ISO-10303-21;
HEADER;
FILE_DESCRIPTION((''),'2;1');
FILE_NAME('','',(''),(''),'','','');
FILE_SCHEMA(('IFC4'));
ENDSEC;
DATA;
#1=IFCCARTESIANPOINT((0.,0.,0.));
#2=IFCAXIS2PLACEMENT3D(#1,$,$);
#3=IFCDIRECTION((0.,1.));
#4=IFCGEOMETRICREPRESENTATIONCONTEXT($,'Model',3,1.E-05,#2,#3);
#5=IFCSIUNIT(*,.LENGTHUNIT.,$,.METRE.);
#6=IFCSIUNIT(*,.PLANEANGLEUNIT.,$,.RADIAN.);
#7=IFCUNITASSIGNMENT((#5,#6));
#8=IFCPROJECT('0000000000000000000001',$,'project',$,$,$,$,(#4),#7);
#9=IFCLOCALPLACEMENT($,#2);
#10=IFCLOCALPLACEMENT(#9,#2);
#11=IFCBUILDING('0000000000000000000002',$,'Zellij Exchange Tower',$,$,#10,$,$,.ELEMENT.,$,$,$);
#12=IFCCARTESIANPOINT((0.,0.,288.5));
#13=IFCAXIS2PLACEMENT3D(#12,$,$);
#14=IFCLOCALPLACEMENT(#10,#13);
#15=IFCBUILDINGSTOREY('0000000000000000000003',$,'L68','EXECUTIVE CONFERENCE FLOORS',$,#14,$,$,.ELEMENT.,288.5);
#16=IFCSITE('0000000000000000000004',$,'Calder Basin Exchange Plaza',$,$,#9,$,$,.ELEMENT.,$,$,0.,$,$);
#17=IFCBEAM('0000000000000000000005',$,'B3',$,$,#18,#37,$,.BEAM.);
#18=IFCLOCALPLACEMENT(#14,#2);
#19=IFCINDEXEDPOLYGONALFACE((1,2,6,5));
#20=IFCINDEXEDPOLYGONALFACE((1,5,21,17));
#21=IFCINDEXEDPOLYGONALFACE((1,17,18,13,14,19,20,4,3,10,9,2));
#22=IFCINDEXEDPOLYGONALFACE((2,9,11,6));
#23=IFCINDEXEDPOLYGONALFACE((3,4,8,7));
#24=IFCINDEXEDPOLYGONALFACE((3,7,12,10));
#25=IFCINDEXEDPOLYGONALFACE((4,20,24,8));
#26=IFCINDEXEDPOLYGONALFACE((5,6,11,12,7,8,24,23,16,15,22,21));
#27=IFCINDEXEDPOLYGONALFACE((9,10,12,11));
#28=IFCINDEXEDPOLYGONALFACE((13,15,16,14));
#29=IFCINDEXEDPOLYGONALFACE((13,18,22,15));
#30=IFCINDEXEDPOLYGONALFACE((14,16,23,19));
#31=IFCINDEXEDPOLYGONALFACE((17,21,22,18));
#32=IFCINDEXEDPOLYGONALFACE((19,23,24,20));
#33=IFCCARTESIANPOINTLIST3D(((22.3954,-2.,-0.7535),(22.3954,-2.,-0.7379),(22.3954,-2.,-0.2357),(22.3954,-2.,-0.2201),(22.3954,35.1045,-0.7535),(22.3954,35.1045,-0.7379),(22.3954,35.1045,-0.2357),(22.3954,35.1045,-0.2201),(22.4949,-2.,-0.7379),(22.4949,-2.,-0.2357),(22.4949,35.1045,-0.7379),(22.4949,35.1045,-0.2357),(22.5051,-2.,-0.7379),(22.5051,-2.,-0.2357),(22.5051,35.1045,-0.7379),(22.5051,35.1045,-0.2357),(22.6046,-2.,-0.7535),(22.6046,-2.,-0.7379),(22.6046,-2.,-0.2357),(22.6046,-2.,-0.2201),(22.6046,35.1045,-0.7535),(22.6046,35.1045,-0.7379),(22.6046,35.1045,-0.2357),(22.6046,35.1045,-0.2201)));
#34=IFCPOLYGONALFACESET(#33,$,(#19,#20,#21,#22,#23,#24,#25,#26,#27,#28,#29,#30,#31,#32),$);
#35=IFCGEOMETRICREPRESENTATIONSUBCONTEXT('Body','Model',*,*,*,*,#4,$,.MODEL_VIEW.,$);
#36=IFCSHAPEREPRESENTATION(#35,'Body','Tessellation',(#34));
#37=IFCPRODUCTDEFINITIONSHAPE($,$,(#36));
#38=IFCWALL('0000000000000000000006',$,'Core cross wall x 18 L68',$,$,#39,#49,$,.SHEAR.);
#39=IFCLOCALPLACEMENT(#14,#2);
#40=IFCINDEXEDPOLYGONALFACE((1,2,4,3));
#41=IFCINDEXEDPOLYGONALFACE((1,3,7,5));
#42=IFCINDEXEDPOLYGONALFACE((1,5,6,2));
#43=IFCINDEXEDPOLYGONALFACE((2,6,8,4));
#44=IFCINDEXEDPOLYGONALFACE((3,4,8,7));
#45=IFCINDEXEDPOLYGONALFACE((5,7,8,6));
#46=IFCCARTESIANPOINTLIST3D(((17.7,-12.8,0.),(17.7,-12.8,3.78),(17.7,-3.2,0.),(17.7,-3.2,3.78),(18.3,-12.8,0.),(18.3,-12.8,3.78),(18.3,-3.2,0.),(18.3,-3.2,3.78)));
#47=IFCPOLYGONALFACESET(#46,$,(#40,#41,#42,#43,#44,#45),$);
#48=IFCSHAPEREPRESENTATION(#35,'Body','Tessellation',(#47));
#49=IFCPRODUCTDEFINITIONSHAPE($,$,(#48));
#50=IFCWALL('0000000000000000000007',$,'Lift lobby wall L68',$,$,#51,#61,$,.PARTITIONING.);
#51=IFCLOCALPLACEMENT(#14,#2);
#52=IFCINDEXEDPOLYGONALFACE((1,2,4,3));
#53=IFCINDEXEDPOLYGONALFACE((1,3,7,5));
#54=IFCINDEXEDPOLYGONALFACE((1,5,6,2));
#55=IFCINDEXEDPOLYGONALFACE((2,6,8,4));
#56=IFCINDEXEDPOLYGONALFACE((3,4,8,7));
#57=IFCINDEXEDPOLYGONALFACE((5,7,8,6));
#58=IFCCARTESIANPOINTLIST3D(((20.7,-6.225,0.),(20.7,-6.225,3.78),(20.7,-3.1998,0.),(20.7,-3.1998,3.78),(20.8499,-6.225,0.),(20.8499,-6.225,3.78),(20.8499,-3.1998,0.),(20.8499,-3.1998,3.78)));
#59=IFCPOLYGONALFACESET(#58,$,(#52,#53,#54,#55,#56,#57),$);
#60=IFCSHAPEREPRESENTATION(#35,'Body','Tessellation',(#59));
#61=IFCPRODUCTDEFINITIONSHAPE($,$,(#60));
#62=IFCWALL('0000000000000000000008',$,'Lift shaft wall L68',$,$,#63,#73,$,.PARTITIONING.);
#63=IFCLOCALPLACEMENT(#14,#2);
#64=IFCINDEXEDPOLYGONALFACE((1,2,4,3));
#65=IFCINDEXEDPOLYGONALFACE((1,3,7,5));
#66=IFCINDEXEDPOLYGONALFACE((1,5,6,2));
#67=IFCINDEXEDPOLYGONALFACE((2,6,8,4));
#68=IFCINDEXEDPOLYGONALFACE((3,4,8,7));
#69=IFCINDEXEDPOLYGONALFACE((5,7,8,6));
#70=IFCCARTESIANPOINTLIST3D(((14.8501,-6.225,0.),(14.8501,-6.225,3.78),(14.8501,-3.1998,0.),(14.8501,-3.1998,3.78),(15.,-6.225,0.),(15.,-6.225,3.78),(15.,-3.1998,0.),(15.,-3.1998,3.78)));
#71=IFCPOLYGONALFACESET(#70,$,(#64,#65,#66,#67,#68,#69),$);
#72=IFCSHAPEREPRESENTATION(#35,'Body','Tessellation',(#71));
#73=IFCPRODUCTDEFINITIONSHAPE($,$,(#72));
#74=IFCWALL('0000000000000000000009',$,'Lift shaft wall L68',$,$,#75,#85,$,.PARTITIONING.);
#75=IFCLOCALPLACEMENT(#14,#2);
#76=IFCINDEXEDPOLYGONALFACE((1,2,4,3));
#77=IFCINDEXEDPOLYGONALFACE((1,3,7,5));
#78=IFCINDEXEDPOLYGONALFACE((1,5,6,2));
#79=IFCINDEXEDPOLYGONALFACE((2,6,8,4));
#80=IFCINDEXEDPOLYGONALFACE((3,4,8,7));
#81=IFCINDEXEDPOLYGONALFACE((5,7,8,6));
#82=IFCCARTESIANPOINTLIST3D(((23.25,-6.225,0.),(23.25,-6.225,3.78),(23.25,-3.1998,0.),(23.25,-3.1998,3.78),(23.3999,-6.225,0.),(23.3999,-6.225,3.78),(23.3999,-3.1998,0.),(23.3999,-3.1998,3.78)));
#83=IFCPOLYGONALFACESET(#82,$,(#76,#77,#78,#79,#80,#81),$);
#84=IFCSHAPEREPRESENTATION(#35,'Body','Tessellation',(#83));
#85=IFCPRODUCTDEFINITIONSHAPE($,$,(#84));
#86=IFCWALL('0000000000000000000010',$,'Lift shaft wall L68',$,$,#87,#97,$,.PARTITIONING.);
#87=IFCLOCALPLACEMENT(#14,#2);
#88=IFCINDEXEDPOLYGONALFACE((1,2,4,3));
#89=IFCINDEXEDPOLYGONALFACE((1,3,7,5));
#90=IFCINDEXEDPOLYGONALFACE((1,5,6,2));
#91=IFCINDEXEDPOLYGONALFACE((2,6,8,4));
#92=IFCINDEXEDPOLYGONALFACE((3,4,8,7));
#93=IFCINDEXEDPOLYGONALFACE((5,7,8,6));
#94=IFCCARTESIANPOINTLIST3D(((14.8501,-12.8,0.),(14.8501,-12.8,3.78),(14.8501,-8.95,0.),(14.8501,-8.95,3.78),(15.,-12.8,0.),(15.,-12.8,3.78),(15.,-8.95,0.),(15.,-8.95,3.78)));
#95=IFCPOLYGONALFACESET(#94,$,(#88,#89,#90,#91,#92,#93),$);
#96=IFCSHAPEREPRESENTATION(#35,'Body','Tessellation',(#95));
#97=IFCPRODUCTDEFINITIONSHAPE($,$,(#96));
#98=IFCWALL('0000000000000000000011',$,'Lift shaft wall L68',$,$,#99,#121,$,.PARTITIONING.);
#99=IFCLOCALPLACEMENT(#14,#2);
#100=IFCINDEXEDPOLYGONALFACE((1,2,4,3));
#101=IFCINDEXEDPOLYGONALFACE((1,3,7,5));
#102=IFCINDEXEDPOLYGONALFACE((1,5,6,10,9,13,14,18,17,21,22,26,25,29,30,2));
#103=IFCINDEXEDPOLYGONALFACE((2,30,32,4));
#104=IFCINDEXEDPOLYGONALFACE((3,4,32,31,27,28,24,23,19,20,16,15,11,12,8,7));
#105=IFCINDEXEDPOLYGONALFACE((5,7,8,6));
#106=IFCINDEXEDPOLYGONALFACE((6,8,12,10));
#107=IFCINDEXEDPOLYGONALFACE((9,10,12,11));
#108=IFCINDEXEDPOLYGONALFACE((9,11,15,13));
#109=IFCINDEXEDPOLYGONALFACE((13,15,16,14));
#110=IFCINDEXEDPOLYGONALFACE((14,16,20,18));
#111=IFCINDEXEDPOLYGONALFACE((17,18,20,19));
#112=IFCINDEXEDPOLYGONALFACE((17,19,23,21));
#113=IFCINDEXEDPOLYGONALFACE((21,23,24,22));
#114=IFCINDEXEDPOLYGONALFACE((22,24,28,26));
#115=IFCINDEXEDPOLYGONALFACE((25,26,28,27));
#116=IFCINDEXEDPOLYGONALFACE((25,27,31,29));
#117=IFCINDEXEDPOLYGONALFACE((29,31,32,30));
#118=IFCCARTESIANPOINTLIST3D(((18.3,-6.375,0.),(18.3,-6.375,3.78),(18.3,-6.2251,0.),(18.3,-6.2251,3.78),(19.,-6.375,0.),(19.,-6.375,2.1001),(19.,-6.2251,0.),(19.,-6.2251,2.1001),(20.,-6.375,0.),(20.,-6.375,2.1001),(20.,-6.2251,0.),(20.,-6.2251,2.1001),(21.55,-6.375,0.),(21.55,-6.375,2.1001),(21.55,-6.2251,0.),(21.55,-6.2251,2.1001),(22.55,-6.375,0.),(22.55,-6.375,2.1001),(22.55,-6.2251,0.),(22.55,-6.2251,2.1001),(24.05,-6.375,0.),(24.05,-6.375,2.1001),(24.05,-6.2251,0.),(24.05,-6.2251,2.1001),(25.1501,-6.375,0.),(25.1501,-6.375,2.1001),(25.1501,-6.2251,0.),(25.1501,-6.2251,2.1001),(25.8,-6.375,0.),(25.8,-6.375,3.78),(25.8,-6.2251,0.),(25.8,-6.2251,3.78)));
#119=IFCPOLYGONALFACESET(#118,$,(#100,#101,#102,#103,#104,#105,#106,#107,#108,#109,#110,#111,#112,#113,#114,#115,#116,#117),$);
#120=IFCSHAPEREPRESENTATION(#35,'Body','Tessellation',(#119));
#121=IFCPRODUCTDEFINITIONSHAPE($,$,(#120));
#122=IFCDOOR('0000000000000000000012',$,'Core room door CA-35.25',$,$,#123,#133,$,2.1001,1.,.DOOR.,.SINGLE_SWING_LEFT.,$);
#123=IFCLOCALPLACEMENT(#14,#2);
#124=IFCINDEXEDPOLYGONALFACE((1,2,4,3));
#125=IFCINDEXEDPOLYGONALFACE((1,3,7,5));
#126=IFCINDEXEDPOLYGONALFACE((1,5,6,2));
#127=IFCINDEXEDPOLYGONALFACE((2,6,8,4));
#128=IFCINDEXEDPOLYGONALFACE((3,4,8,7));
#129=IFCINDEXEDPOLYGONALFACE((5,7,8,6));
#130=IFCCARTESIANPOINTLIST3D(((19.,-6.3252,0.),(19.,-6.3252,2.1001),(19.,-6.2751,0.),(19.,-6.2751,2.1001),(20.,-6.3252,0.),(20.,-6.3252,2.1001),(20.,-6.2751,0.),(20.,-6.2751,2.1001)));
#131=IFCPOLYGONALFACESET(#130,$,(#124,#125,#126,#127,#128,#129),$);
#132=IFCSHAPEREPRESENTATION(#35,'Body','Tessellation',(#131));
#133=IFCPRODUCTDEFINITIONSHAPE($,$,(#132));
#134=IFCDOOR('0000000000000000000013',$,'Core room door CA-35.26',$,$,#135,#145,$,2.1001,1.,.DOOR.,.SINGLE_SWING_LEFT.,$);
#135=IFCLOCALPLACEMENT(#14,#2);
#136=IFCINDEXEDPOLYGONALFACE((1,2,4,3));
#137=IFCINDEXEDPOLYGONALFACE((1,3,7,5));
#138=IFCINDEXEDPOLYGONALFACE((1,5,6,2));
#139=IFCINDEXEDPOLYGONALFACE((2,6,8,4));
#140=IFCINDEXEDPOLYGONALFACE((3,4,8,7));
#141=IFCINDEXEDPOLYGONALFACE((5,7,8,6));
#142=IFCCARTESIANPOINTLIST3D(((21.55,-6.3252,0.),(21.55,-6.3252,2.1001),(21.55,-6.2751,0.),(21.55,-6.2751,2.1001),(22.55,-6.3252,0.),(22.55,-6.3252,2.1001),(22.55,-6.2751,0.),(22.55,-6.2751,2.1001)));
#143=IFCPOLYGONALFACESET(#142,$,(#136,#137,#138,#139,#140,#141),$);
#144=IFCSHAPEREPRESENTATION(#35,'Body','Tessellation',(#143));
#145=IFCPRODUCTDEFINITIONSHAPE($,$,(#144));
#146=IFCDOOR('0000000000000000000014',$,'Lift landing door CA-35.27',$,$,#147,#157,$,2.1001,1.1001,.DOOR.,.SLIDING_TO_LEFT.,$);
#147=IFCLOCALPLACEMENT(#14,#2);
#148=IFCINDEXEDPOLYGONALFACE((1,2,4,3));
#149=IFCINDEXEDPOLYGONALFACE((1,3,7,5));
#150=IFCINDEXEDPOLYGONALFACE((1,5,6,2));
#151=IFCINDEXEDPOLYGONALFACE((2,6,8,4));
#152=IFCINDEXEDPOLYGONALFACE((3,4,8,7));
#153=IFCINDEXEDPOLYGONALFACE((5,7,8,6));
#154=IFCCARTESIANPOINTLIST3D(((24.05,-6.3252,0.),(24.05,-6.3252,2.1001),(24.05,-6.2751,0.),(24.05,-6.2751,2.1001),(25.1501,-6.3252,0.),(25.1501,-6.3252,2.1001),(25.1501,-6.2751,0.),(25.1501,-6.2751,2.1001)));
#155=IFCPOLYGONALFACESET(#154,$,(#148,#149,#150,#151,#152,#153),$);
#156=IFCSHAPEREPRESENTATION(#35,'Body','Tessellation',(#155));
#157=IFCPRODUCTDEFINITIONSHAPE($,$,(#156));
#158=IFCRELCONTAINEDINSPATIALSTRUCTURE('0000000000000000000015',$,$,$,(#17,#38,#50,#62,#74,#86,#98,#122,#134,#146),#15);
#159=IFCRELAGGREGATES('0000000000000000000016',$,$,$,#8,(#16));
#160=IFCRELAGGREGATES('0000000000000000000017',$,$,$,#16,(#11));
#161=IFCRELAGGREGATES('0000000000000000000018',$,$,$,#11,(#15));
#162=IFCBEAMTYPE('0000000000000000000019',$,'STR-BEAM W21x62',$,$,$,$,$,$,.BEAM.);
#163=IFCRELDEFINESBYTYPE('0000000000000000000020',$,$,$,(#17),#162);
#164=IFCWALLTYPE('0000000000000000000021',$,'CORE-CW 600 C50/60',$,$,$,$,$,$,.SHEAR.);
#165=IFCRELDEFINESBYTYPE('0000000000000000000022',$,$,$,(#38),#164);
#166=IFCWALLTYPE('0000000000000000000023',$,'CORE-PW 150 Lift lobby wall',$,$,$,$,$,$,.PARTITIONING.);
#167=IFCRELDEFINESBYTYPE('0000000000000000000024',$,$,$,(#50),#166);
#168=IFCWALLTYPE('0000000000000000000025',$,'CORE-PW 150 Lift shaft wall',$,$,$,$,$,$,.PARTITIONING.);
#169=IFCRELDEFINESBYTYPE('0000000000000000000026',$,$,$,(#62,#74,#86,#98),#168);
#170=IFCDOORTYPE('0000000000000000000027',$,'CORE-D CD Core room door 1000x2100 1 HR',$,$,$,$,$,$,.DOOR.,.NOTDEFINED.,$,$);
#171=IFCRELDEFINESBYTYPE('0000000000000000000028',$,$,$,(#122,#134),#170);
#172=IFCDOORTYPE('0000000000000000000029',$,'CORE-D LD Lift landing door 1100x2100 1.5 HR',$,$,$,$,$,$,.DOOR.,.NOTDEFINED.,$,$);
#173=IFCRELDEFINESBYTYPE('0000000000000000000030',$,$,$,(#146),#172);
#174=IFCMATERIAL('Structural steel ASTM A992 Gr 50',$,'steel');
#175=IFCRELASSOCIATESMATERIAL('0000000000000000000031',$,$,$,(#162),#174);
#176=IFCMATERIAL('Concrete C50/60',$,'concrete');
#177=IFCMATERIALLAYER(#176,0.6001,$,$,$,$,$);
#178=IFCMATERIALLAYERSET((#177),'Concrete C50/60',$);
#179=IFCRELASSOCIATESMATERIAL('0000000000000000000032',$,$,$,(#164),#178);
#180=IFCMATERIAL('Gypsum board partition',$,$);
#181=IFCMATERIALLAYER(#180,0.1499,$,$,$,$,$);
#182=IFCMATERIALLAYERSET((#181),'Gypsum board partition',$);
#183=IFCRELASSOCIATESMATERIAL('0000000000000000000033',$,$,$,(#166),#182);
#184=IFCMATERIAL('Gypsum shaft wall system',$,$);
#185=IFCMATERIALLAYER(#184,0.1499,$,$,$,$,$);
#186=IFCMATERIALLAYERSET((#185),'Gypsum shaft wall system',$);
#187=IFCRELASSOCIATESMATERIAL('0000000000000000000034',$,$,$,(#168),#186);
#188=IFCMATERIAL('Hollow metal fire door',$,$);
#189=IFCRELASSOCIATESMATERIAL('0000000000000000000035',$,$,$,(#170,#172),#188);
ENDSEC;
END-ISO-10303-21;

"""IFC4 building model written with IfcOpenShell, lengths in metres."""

from ifc_helpers import new_model, si_unit, direction, frame, frame_2d, origin, origin_2d, place, context, subcontext, project, spatial, rectangle, i_section, extrude, material, layer, layer_set, material_profile, profile_set, type_object, element, fill, save


model = new_model("IFC4")

# Units and contexts
model_context = context("Model", 3, precision=1e-05, world=origin(), true_north=direction((0.0, 1.0)))
body_context = subcontext(model_context, "Body", "Model", "MODEL_VIEW")
ifc_project = project(units=[si_unit("LENGTHUNIT", "METRE"), si_unit("PLANEANGLEUNIT", "RADIAN")], contexts=[model_context])

# Site, building, storey
site_placement = place(None, origin())
site = spatial("IfcSite", under=ifc_project, at=site_placement, Name="Calder Basin Exchange Plaza", CompositionType="ELEMENT", RefElevation=0.0)
building_placement = place(site_placement, origin())
building = spatial("IfcBuilding", under=site, at=building_placement, Name="Zellij Exchange Tower", CompositionType="ELEMENT")
storey_placement = place(building_placement, frame((0.0, 0.0, 288.5)))
storey = spatial("IfcBuildingStorey", under=building, at=storey_placement, Name="L68", Description="EXECUTIVE CONFERENCE FLOORS", CompositionType="ELEMENT", Elevation=288.5)

# Beam
ifc_material_1 = material(Name="Structural steel ASTM A992 Gr 50", Category="steel")
ifc_material_profile = material_profile(ifc_material_1, i_section(OverallWidth=0.2092, OverallDepth=0.5334, WebThickness=0.0103, FlangeThickness=0.0156, at=origin_2d()), Name="W21x62")
ifc_profile_set = profile_set([ifc_material_profile], Name="Structural steel ASTM A992 Gr 50")
beam_type = type_object("IfcBeamType", Name="STR-BEAM W21x62", PredefinedType="BEAM", material=ifc_profile_set)
beam_placement = place(storey_placement, frame((22.5, -2.0, -0.4868), z_axis=(0.0, 1.0, 0.0), x_axis=(-1.0, 0.0, 0.0)))
element("IfcBeam", 1, at=beam_placement, inside=storey, type_object=beam_type, Name="B3", PredefinedType="BEAM", context=body_context, shape_type="SweptSolid", body=[
    extrude(i_section(OverallWidth=0.2092, OverallDepth=0.5334, WebThickness=0.0103, FlangeThickness=0.0156, at=origin_2d()), origin(), (0.0, 0.0, 1.0), 37.1045),
])

# Walls
ifc_material_2 = material(Name="Concrete C50/60", Category="concrete")
ifc_layer_1 = layer(ifc_material_2, 0.6001)
ifc_layer_set_1 = layer_set([ifc_layer_1], Name="Concrete C50/60")
wall_type_1 = type_object("IfcWallType", Name="CORE-CW 600 C50/60", PredefinedType="SHEAR", material=ifc_layer_set_1)
wall_1_placement = place(storey_placement, frame((18.0, -12.8, 0.0), z_axis=(0.0, 0.0, 1.0), x_axis=(0.0, 1.0, 0.0)))
element("IfcWall", 2, at=wall_1_placement, inside=storey, type_object=wall_type_1, Name="Core cross wall x 18 L68", PredefinedType="SHEAR", context=body_context, shape_type="SweptSolid", body=[
    extrude(rectangle(XDim=9.6001, YDim=0.6001, at=frame_2d((4.8, 0.0))), origin(), (0.0, 0.0, 1.0), 3.78),
])
ifc_material_3 = material(Name="Gypsum board partition")
ifc_layer_2 = layer(ifc_material_3, 0.1499)
ifc_layer_set_2 = layer_set([ifc_layer_2], Name="Gypsum board partition")
wall_type_2 = type_object("IfcWallType", Name="CORE-PW 150 Lift lobby wall", PredefinedType="PARTITIONING", material=ifc_layer_set_2)
wall_2_placement = place(storey_placement, frame((20.7749, -6.2251, 0.0), z_axis=(0.0, 0.0, 1.0), x_axis=(0.0, 1.0, 0.0)))
element("IfcWall", 3, at=wall_2_placement, inside=storey, type_object=wall_type_2, Name="Lift lobby wall L68", PredefinedType="PARTITIONING", context=body_context, shape_type="SweptSolid", body=[
    extrude(rectangle(XDim=3.0251, YDim=0.1499, at=frame_2d((1.5127, 0.0))), origin(), (0.0, 0.0, 1.0), 3.78),
])
ifc_material_4 = material(Name="Gypsum shaft wall system")
ifc_layer_3 = layer(ifc_material_4, 0.1499)
ifc_layer_set_3 = layer_set([ifc_layer_3], Name="Gypsum shaft wall system")
wall_type_3 = type_object("IfcWallType", Name="CORE-PW 150 Lift shaft wall", PredefinedType="PARTITIONING", material=ifc_layer_set_3)
for number, where, z_axis, x_axis, name in (
    (4, (14.925, -6.2251, 0.0), (0.0, 0.0, 1.0), (0.0, 1.0, 0.0), "Lift shaft wall L68"),
    (5, (23.325, -6.2251, 0.0), (0.0, 0.0, 1.0), (0.0, 1.0, 0.0), "Lift shaft wall L68"),
):
    element("IfcWall", number, at=place(storey_placement, frame(where, z_axis=z_axis, x_axis=x_axis)), inside=storey, type_object=wall_type_3, Name=name, PredefinedType="PARTITIONING", context=body_context, shape_type="SweptSolid", body=[
        extrude(rectangle(XDim=3.0251, YDim=0.1499, at=frame_2d((1.5127, 0.0))), origin(), (0.0, 0.0, 1.0), 3.78),
    ])
wall_3_placement = place(storey_placement, frame((14.925, -12.8, 0.0), z_axis=(0.0, 0.0, 1.0), x_axis=(0.0, 1.0, 0.0)))
element("IfcWall", 6, at=wall_3_placement, inside=storey, type_object=wall_type_3, Name="Lift shaft wall L68", PredefinedType="PARTITIONING", context=body_context, shape_type="SweptSolid", body=[
    extrude(rectangle(XDim=3.8501, YDim=0.1499, at=frame_2d((1.925, 0.0))), origin(), (0.0, 0.0, 1.0), 3.78),
])

# Wall, openings, doors
wall_4_placement = place(storey_placement, frame((18.3, -6.3, 0.0), z_axis=(0.0, 0.0, 1.0), x_axis=(1.0, 0.0, 0.0)))
wall_4 = element("IfcWall", 7, at=wall_4_placement, inside=storey, type_object=wall_type_3, Name="Lift shaft wall L68", PredefinedType="PARTITIONING", context=body_context, shape_type="SweptSolid", body=[
    extrude(rectangle(XDim=7.5, YDim=0.1499, at=frame_2d((3.75, 0.0))), origin(), (0.0, 0.0, 1.0), 3.78),
])
opening_1_placement = place(wall_4_placement, frame((0.7, 0.0, 0.0)))
opening_1 = element("IfcOpeningElement", 8, at=opening_1_placement, cuts=wall_4, PredefinedType="OPENING", context=body_context, shape_type="SweptSolid", body=[
    extrude(rectangle(XDim=1.0, YDim=2.1001, at=frame_2d((0.5, 1.05))), frame((0.0, 0.0869, 0.0), z_axis=(0.0, -1.0, 0.0), x_axis=(1.0, 0.0, 0.0)), (0.0, 0.0, 1.0), 0.1738),
])
opening_2_placement = place(wall_4_placement, frame((3.25, 0.0, 0.0)))
opening_2 = element("IfcOpeningElement", 9, at=opening_2_placement, cuts=wall_4, PredefinedType="OPENING", context=body_context, shape_type="SweptSolid", body=[
    extrude(rectangle(XDim=1.0, YDim=2.1001, at=frame_2d((0.5, 1.05))), frame((0.0, 0.0869, 0.0), z_axis=(0.0, -1.0, 0.0), x_axis=(1.0, 0.0, 0.0)), (0.0, 0.0, 1.0), 0.1738),
])
opening_3_placement = place(wall_4_placement, frame((5.75, 0.0, 0.0)))
opening_3 = element("IfcOpeningElement", 10, at=opening_3_placement, cuts=wall_4, PredefinedType="OPENING", context=body_context, shape_type="SweptSolid", body=[
    extrude(rectangle(XDim=1.1001, YDim=2.1001, at=frame_2d((0.55, 1.05))), frame((0.0, 0.0869, 0.0), z_axis=(0.0, -1.0, 0.0), x_axis=(1.0, 0.0, 0.0)), (0.0, 0.0, 1.0), 0.1738),
])
ifc_material_5 = material(Name="Hollow metal fire door")
door_type_1 = type_object("IfcDoorType", Name="CORE-D CD Core room door 1000x2100 1 HR", OperationType="NOTDEFINED", PredefinedType="DOOR", material=ifc_material_5)
door_1_placement = place(opening_1_placement, origin())
door_1 = element("IfcDoor", 11, at=door_1_placement, inside=storey, type_object=door_type_1, Name="Core room door CA-35.25", OperationType="SINGLE_SWING_LEFT", OverallHeight=2.1001, OverallWidth=1.0, PredefinedType="DOOR", context=body_context, shape_type="SweptSolid", body=[
    extrude(rectangle(XDim=1.0, YDim=2.1001, at=frame_2d((0.5, 1.05))), frame((0.0, 0.0249, 0.0), z_axis=(0.0, -1.0, 0.0), x_axis=(1.0, 0.0, 0.0)), (0.0, 0.0, 1.0), 0.05),
])
fill(opening_1, door_1)
door_2_placement = place(opening_2_placement, origin())
door_2 = element("IfcDoor", 12, at=door_2_placement, inside=storey, type_object=door_type_1, Name="Core room door CA-35.26", OperationType="SINGLE_SWING_LEFT", OverallHeight=2.1001, OverallWidth=1.0, PredefinedType="DOOR", context=body_context, shape_type="SweptSolid", body=[
    extrude(rectangle(XDim=1.0, YDim=2.1001, at=frame_2d((0.5, 1.05))), frame((0.0, 0.0249, 0.0), z_axis=(0.0, -1.0, 0.0), x_axis=(1.0, 0.0, 0.0)), (0.0, 0.0, 1.0), 0.05),
])
fill(opening_2, door_2)
door_type_2 = type_object("IfcDoorType", Name="CORE-D LD Lift landing door 1100x2100 1.5 HR", OperationType="NOTDEFINED", PredefinedType="DOOR", material=ifc_material_5)
door_3_placement = place(opening_3_placement, origin())
door_3 = element("IfcDoor", 13, at=door_3_placement, inside=storey, type_object=door_type_2, Name="Lift landing door CA-35.27", OperationType="SLIDING_TO_LEFT", OverallHeight=2.1001, OverallWidth=1.1001, PredefinedType="DOOR", context=body_context, shape_type="SweptSolid", body=[
    extrude(rectangle(XDim=1.1001, YDim=2.1001, at=frame_2d((0.55, 1.05))), frame((0.0, 0.0249, 0.0), z_axis=(0.0, -1.0, 0.0), x_axis=(1.0, 0.0, 0.0)), (0.0, 0.0, 1.0), 0.05),
])
fill(opening_3, door_3)

save(model, "model.ifc")
